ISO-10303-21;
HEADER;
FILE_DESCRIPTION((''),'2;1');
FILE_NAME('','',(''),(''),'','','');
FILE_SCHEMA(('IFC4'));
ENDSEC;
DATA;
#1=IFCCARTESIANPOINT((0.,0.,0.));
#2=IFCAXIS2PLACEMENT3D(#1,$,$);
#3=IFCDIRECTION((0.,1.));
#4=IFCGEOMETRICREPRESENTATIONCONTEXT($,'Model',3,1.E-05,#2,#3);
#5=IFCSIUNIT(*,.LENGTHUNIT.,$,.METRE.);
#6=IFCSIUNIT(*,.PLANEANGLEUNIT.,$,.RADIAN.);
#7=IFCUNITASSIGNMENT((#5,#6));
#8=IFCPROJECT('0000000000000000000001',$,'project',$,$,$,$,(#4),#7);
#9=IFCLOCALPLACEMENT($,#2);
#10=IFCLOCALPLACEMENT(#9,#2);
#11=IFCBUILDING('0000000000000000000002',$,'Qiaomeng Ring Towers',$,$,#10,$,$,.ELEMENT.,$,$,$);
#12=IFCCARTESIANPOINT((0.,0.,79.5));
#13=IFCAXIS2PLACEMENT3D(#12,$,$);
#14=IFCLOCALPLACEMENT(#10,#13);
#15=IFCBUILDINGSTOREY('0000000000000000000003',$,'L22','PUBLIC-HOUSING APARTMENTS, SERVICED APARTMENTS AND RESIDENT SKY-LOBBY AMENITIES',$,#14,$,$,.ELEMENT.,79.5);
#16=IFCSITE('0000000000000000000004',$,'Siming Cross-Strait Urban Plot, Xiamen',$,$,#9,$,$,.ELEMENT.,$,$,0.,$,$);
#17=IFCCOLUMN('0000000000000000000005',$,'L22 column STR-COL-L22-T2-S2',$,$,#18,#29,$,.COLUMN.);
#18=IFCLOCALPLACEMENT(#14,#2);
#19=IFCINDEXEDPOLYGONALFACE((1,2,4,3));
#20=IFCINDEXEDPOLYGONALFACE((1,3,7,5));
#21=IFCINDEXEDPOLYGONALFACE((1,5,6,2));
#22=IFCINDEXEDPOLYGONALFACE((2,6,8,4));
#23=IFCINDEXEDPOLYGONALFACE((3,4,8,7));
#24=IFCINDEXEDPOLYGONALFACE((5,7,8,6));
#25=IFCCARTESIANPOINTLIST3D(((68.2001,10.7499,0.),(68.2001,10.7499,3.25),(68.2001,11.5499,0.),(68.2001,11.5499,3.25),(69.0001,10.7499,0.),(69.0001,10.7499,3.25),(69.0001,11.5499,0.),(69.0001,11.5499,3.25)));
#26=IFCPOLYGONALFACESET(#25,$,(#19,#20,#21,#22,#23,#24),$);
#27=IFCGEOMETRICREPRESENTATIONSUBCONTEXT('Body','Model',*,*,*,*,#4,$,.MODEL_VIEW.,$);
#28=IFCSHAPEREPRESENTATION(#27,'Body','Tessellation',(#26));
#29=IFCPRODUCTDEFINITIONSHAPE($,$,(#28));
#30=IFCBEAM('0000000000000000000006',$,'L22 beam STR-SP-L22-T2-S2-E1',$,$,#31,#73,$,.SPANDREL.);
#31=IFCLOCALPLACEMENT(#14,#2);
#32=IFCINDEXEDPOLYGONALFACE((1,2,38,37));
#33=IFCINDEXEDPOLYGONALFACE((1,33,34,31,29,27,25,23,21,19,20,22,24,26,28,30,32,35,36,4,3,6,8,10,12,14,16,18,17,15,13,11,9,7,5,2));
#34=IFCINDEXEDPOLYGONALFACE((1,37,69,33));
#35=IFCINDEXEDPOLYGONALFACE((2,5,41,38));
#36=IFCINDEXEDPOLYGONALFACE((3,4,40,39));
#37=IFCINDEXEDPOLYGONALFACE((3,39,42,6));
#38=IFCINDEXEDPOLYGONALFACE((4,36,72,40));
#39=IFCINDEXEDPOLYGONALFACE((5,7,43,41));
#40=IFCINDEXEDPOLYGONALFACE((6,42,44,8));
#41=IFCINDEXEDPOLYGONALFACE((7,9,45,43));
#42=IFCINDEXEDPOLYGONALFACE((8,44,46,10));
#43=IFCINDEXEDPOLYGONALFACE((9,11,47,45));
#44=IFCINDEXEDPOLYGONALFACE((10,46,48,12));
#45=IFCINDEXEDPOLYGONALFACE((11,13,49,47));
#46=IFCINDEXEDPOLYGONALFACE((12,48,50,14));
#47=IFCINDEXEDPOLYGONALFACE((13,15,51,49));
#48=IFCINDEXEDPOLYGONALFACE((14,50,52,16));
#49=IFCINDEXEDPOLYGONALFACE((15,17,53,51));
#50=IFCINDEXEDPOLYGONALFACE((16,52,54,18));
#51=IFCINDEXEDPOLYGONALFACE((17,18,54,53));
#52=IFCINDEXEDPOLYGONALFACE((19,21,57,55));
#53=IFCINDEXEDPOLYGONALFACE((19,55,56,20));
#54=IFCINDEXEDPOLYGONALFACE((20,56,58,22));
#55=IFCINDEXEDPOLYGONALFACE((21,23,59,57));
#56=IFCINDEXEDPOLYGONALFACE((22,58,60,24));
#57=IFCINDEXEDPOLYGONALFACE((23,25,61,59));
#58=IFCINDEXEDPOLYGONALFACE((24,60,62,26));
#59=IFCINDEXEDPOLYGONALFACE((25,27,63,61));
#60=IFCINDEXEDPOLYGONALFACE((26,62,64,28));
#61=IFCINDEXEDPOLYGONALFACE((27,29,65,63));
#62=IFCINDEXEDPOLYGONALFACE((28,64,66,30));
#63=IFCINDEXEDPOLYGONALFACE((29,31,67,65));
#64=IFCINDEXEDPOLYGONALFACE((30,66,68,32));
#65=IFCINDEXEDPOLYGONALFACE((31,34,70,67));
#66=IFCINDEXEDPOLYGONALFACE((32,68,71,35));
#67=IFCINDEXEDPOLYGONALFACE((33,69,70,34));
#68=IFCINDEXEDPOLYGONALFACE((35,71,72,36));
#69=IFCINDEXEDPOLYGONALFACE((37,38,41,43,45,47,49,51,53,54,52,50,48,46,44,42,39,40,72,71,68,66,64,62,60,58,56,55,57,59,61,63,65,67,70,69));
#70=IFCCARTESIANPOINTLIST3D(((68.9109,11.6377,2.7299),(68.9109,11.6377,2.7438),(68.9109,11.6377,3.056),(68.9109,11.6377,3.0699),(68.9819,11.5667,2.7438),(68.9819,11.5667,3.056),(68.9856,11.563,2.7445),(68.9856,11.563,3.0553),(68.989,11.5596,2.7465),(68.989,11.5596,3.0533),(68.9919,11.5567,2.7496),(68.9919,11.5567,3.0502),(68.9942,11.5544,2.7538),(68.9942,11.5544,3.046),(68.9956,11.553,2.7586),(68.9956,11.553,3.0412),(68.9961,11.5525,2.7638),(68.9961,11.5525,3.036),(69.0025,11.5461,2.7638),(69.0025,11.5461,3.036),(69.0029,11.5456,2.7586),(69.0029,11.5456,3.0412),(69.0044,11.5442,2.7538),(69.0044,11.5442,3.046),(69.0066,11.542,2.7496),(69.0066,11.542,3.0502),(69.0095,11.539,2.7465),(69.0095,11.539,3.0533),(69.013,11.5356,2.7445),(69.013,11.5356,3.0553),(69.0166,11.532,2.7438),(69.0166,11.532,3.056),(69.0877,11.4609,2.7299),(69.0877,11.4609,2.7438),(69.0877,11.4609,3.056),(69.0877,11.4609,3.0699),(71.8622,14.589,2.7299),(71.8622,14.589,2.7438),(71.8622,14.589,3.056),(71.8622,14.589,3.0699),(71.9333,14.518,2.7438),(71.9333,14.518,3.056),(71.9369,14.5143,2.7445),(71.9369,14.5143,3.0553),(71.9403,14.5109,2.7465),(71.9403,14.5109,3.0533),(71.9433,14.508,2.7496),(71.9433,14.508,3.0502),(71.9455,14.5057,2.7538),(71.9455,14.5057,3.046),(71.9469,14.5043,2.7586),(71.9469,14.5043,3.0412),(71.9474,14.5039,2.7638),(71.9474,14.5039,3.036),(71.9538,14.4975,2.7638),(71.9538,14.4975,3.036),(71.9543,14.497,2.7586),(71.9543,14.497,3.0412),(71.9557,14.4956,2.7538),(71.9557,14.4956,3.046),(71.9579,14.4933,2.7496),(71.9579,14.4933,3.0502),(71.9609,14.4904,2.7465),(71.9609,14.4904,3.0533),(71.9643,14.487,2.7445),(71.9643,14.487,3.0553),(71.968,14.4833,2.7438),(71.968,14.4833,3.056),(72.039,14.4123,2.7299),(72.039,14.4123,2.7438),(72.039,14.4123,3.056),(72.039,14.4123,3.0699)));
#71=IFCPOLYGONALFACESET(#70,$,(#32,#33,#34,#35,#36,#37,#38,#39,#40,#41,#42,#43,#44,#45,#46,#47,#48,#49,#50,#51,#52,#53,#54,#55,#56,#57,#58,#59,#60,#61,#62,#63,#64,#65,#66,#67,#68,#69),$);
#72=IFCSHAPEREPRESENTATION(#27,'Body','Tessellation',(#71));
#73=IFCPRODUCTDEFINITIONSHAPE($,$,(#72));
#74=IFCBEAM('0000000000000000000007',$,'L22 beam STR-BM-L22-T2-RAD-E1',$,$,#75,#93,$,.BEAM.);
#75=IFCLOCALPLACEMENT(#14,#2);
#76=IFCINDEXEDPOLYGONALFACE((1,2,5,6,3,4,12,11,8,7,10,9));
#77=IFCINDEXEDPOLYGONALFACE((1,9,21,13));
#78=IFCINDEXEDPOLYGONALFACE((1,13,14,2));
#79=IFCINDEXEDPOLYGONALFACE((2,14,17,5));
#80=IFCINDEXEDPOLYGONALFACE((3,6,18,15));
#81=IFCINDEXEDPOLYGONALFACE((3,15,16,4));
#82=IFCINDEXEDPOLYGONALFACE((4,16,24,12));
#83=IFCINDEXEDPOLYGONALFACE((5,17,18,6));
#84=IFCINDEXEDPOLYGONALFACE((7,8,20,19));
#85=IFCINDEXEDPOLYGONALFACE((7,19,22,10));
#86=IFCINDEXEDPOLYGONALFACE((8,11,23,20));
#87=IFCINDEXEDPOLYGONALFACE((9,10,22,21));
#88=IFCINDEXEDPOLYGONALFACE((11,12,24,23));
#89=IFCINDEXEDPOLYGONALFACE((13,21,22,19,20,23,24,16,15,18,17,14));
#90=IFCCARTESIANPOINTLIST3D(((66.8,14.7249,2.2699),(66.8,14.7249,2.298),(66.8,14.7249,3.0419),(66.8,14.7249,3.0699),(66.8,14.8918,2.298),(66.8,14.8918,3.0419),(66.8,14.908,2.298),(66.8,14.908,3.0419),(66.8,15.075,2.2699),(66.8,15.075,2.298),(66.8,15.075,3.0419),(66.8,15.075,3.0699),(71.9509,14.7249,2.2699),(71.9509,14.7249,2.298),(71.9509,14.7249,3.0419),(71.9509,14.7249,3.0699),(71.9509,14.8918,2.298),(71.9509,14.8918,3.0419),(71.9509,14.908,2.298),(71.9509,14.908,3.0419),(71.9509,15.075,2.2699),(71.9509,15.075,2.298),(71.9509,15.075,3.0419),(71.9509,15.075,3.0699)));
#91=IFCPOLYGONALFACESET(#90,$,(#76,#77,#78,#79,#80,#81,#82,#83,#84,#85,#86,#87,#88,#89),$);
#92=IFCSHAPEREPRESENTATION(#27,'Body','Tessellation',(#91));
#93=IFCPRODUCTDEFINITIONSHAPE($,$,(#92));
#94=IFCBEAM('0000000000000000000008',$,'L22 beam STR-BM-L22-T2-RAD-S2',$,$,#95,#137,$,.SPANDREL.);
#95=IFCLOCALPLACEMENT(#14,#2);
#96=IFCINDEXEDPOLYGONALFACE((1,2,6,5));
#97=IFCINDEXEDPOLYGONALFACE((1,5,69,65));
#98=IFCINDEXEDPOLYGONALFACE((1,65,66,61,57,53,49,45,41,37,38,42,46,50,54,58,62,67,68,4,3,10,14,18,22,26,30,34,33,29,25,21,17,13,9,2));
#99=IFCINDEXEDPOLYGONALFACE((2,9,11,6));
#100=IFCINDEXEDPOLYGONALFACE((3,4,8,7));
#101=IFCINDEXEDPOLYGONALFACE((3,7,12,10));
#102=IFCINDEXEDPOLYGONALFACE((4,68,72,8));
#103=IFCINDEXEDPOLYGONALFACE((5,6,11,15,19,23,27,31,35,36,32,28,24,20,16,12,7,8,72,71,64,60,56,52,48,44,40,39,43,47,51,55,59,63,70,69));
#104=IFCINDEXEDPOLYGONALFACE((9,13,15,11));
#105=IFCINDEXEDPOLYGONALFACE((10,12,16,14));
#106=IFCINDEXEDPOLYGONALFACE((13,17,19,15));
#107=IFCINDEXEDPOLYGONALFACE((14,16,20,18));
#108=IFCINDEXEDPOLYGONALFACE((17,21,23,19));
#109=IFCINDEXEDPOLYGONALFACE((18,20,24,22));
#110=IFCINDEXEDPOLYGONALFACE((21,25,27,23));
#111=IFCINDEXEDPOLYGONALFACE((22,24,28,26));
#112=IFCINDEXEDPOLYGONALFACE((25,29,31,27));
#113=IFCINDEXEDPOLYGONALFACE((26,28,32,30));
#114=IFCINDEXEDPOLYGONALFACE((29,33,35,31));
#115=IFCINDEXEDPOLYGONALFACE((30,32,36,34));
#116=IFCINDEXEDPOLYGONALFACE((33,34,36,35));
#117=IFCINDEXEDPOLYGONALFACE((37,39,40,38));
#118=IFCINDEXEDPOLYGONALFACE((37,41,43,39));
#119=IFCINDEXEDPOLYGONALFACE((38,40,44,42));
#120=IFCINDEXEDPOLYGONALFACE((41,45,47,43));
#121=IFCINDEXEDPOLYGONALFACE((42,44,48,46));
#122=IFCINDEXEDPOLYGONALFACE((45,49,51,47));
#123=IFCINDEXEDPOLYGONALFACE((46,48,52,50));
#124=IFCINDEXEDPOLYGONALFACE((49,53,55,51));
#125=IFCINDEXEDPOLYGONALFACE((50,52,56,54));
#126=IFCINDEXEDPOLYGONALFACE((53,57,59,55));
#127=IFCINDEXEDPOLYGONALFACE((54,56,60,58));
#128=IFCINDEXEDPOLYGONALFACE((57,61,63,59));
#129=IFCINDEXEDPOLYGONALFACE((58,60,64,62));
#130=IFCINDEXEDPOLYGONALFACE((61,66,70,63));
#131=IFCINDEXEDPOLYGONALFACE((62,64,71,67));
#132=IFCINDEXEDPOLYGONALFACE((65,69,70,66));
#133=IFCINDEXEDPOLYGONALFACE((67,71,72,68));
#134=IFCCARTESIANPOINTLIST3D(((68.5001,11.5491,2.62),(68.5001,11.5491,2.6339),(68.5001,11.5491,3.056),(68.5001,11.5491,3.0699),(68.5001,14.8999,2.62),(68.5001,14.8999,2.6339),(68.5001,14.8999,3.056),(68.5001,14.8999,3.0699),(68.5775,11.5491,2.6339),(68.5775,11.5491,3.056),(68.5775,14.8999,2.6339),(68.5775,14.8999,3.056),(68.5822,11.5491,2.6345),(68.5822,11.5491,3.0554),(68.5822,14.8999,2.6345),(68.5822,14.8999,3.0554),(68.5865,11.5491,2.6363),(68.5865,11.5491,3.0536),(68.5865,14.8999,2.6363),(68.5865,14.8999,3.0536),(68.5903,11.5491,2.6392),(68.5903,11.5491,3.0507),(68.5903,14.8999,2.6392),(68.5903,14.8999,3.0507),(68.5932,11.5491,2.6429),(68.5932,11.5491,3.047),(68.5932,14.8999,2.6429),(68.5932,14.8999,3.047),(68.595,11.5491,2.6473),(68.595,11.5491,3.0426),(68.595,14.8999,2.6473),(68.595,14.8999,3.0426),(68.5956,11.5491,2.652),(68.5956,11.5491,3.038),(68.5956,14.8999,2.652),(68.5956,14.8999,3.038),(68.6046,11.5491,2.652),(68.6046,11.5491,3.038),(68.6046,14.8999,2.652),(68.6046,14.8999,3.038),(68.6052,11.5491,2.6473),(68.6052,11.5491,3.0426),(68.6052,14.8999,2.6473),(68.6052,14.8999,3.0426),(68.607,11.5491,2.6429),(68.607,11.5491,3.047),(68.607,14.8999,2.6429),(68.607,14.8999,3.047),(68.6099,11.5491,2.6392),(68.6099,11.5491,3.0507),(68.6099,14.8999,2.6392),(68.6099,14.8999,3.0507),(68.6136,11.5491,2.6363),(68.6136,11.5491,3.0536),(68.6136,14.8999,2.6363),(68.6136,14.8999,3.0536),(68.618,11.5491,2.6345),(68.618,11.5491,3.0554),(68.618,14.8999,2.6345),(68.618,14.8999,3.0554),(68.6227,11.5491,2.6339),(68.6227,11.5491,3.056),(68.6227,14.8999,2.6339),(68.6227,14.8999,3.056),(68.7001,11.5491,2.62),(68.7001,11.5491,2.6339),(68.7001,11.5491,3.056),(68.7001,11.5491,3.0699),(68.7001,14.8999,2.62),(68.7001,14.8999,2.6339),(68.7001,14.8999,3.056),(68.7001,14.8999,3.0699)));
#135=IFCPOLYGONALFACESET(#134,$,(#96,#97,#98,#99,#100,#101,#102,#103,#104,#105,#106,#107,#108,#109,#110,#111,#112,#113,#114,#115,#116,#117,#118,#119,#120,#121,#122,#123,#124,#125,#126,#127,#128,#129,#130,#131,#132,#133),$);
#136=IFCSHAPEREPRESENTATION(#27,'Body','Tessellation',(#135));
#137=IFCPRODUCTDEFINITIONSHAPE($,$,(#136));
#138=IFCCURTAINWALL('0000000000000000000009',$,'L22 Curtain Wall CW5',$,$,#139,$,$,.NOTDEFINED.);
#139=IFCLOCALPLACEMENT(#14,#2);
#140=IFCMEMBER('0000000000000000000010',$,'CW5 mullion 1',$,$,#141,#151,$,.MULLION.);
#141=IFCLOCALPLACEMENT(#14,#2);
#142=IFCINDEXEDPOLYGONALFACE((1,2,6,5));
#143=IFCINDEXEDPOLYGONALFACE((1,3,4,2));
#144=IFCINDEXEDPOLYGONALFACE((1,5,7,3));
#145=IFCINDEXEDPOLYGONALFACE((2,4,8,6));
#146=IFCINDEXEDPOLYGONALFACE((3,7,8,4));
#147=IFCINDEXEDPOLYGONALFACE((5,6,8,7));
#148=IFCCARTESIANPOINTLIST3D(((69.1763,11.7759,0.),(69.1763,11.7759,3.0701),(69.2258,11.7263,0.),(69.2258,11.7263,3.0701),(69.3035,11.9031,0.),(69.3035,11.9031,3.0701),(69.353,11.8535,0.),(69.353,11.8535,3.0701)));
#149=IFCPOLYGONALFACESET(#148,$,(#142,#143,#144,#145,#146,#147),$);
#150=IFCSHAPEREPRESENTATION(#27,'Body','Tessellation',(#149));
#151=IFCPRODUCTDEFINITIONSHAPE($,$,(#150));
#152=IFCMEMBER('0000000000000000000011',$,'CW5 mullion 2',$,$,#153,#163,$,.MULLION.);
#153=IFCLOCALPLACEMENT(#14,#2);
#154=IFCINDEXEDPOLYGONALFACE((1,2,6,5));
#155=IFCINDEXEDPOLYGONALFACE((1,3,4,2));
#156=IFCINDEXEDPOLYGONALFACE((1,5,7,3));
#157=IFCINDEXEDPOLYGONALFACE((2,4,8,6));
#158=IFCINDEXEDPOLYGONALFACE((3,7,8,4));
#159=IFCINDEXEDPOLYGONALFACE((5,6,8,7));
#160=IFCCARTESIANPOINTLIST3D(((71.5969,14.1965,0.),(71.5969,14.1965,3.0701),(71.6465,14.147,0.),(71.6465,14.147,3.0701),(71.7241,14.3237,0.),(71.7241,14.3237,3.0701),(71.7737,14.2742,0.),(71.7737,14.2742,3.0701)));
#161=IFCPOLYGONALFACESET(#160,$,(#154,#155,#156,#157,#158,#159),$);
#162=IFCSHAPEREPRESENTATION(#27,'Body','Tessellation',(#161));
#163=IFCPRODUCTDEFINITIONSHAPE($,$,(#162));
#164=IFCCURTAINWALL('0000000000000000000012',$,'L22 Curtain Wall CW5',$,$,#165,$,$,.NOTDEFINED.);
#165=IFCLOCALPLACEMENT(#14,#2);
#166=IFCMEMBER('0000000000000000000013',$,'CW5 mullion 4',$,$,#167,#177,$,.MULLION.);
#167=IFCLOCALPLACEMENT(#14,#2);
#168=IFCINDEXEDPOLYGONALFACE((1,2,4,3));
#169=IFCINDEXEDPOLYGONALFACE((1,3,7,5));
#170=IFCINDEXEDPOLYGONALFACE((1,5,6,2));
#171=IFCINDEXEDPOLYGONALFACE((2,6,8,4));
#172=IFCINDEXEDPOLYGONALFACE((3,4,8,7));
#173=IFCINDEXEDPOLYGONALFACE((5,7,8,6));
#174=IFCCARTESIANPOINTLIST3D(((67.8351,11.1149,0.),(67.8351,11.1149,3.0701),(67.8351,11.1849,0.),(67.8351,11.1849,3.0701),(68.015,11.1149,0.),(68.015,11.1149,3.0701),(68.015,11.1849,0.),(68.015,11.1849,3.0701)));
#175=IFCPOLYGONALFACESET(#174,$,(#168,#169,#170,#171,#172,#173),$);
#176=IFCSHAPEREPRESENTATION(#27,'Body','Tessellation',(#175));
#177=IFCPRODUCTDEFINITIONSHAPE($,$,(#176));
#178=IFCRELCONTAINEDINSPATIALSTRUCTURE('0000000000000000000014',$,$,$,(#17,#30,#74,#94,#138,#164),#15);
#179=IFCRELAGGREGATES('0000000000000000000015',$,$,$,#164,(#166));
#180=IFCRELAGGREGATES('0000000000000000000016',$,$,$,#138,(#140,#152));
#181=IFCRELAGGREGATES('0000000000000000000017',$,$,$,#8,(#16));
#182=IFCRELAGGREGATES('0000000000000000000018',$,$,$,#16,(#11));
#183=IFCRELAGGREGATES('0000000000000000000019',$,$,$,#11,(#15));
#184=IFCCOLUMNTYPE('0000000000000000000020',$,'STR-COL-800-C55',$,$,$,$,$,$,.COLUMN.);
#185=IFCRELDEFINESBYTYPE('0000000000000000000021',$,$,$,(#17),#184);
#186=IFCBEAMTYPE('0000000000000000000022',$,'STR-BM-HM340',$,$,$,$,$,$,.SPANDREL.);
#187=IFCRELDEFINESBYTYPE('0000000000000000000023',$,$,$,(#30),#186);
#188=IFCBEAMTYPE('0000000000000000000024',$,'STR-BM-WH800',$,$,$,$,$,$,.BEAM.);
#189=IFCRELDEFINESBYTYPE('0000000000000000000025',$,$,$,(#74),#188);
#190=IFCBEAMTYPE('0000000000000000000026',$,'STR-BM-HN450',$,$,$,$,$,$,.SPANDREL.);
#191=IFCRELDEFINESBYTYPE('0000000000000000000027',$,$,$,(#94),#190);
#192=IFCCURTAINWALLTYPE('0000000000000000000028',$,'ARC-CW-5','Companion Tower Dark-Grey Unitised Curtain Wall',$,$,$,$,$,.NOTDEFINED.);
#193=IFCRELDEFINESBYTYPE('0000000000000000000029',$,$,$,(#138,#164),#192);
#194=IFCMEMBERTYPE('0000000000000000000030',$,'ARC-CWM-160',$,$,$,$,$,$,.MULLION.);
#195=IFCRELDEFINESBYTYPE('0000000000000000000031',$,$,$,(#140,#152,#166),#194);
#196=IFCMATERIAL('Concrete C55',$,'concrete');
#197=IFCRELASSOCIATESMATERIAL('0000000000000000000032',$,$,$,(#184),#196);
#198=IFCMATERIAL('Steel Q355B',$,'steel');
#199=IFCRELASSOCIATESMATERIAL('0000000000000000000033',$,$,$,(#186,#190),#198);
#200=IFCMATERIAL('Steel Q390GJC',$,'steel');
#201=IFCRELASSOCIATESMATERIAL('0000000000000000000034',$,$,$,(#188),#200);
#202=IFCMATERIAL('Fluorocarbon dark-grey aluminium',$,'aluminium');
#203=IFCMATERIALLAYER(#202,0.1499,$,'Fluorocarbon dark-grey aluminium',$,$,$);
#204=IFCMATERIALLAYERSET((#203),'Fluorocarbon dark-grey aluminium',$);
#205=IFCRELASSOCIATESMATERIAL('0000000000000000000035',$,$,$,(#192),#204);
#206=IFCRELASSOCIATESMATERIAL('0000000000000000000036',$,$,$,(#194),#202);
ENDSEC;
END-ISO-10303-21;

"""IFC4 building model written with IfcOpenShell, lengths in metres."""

from ifc_helpers import new_model, si_unit, direction, frame, origin, origin_2d, place, context, subcontext, project, spatial, rectangle, i_section, extrude, source, transform, mapped, material, layer, layer_set, material_profile, profile_set, type_object, element, aggregate, save


model = new_model("IFC4")

# Units and contexts
model_context = context("Model", 3, precision=1e-05, world=origin(), true_north=direction((0.0, 1.0)))
body_context = subcontext(model_context, "Body", "Model", "MODEL_VIEW")
ifc_project = project(units=[si_unit("LENGTHUNIT", "METRE"), si_unit("PLANEANGLEUNIT", "RADIAN")], contexts=[model_context])

# Site, building, storey
site_placement = place(None, origin())
site = spatial("IfcSite", under=ifc_project, at=site_placement, Name="Siming Cross-Strait Urban Plot, Xiamen", CompositionType="ELEMENT", RefElevation=0.0)
building_placement = place(site_placement, origin())
building = spatial("IfcBuilding", under=site, at=building_placement, Name="Qiaomeng Ring Towers", CompositionType="ELEMENT")
storey_placement = place(building_placement, frame((0.0, 0.0, 79.5)))
storey = spatial("IfcBuildingStorey", under=building, at=storey_placement, Name="L22", Description="PUBLIC-HOUSING APARTMENTS, SERVICED APARTMENTS AND RESIDENT SKY-LOBBY AMENITIES", CompositionType="ELEMENT", Elevation=79.5)

# Column
ifc_material_1 = material(Name="Concrete C55", Category="concrete")
ifc_material_profile_1 = material_profile(ifc_material_1, rectangle(XDim=0.8, YDim=0.8, at=origin_2d()), Name="RC COL 800x800")
ifc_profile_set_1 = profile_set([ifc_material_profile_1], Name="Concrete C55")
column_type = type_object("IfcColumnType", Name="STR-COL-800-C55", PredefinedType="COLUMN", material=ifc_profile_set_1)
shared_shape_1 = source(origin(), body_context, "Body", "SweptSolid", [
    extrude(rectangle(XDim=0.8, YDim=0.8, at=origin_2d()), origin(), (0.0, 0.0, 1.0), 3.25),
])
column_placement = place(storey_placement, frame((68.6001, 11.1499, 0.0), z_axis=(0.0, 0.0, 1.0), x_axis=(1.0, 0.0, 0.0)))
element("IfcColumn", 1, at=column_placement, inside=storey, type_object=column_type, Name="L22 column STR-COL-L22-T2-S2", PredefinedType="COLUMN", context=body_context, shape_type="MappedRepresentation", body=[
    mapped(shared_shape_1, transform((0.0, 0.0, 0.0), x_axis=(1.0, 0.0, 0.0), y_axis=(0.0, 1.0, 0.0), z_axis=(0.0, 0.0, 1.0), scale=1.0)),
])

# Beams
ifc_material_2 = material(Name="Steel Q355B", Category="steel")
ifc_material_profile_2 = material_profile(ifc_material_2, i_section(OverallWidth=0.25, OverallDepth=0.3401, WebThickness=0.009, FlangeThickness=0.0139, FilletRadius=0.02, at=origin_2d()), Name="HM 340x250x9x14")
ifc_profile_set_2 = profile_set([ifc_material_profile_2], Name="Steel Q355B")
beam_type_1 = type_object("IfcBeamType", Name="STR-BM-HM340", PredefinedType="SPANDREL", material=ifc_profile_set_2)
shared_shape_2 = source(origin(), body_context, "Body", "SweptSolid", [
    extrude(i_section(OverallWidth=0.25, OverallDepth=0.3401, WebThickness=0.009, FlangeThickness=0.0139, FilletRadius=0.02, at=origin_2d()), origin(), (0.0, 0.0, 1.0), 4.1738),
])
beam_1_placement = place(storey_placement, frame((68.9993, 11.5493, 2.8999), z_axis=(0.707107, 0.707107, 0.0), x_axis=(-0.707107, 0.707107, 0.0)))
element("IfcBeam", 2, at=beam_1_placement, inside=storey, type_object=beam_type_1, Name="L22 beam STR-SP-L22-T2-S2-E1", PredefinedType="SPANDREL", context=body_context, shape_type="MappedRepresentation", body=[
    mapped(shared_shape_2, transform((0.0, 0.0, 0.0), x_axis=(1.0, 0.0, 0.0), y_axis=(0.0, 1.0, 0.0), z_axis=(0.0, 0.0, 1.0), scale=1.0)),
])
ifc_material_3 = material(Name="Steel Q390GJC", Category="steel")
ifc_material_profile_3 = material_profile(ifc_material_3, i_section(OverallWidth=0.3501, OverallDepth=0.8, WebThickness=0.0161, FlangeThickness=0.0281, at=origin_2d()), Name="WH 800x350x16x28")
ifc_profile_set_3 = profile_set([ifc_material_profile_3], Name="Steel Q390GJC")
beam_type_2 = type_object("IfcBeamType", Name="STR-BM-WH800", PredefinedType="BEAM", material=ifc_profile_set_3)
shared_shape_3 = source(origin(), body_context, "Body", "SweptSolid", [
    extrude(i_section(OverallWidth=0.3501, OverallDepth=0.8, WebThickness=0.0161, FlangeThickness=0.0281, at=origin_2d()), origin(), (0.0, 0.0, 1.0), 5.1509),
])
beam_2_placement = place(storey_placement, frame((66.8, 14.8999, 2.6699), z_axis=(1.0, 0.0, 0.0), x_axis=(0.0, 1.0, 0.0)))
element("IfcBeam", 3, at=beam_2_placement, inside=storey, type_object=beam_type_2, Name="L22 beam STR-BM-L22-T2-RAD-E1", PredefinedType="BEAM", context=body_context, shape_type="MappedRepresentation", body=[
    mapped(shared_shape_3, transform((0.0, 0.0, 0.0), x_axis=(1.0, 0.0, 0.0), y_axis=(0.0, 1.0, 0.0), z_axis=(0.0, 0.0, 1.0), scale=1.0)),
])
ifc_material_profile_4 = material_profile(ifc_material_2, i_section(OverallWidth=0.2, OverallDepth=0.45, WebThickness=0.009, FlangeThickness=0.0139, FilletRadius=0.0181, at=origin_2d()), Name="HN 450x200x9x14")
ifc_profile_set_4 = profile_set([ifc_material_profile_4], Name="Steel Q355B")
beam_type_3 = type_object("IfcBeamType", Name="STR-BM-HN450", PredefinedType="SPANDREL", material=ifc_profile_set_4)
shared_shape_4 = source(origin(), body_context, "Body", "SweptSolid", [
    extrude(i_section(OverallWidth=0.2, OverallDepth=0.45, WebThickness=0.009, FlangeThickness=0.0139, FilletRadius=0.0181, at=origin_2d()), origin(), (0.0, 0.0, 1.0), 3.3508),
])
beam_3_placement = place(storey_placement, frame((68.6001, 11.5491, 2.845), z_axis=(0.0, 1.0, 0.0), x_axis=(-1.0, 0.0, 0.0)))
element("IfcBeam", 4, at=beam_3_placement, inside=storey, type_object=beam_type_3, Name="L22 beam STR-BM-L22-T2-RAD-S2", PredefinedType="SPANDREL", context=body_context, shape_type="MappedRepresentation", body=[
    mapped(shared_shape_4, transform((0.0, 0.0, 0.0), x_axis=(1.0, 0.0, 0.0), y_axis=(0.0, 1.0, 0.0), z_axis=(0.0, 0.0, 1.0), scale=1.0)),
])

# Curtain wall, members
ifc_material_4 = material(Name="Fluorocarbon dark-grey aluminium", Category="aluminium")
ifc_layer_1 = layer(ifc_material_4, 0.1499, Name="Fluorocarbon dark-grey aluminium")
ifc_layer_set_1 = layer_set([ifc_layer_1], Name="Fluorocarbon dark-grey aluminium")
curtain_wall_type = type_object("IfcCurtainWallType", Name="ARC-CW-5", Description="Companion Tower Dark-Grey Unitised Curtain Wall", PredefinedType="NOTDEFINED", material=ifc_layer_set_1)
curtain_wall_1_placement = place(storey_placement, origin())
curtain_wall_1 = element("IfcCurtainWall", 5, at=curtain_wall_1_placement, inside=storey, type_object=curtain_wall_type, Name="L22 Curtain Wall CW5", PredefinedType="NOTDEFINED")
ifc_material_profile_5 = material_profile(ifc_material_4, rectangle(XDim=0.0701, YDim=0.1799, at=origin_2d()), Name="ALU MULL 70x180")
ifc_profile_set_5 = profile_set([ifc_material_profile_5], Name="Fluorocarbon dark-grey aluminium")
member_type_1 = type_object("IfcMemberType", Name="ARC-CWM-160", PredefinedType="MULLION", material=ifc_profile_set_5)
shared_shape_5 = source(origin(), body_context, "Body", "SweptSolid", [
    extrude(rectangle(XDim=0.0701, YDim=0.1799, at=origin_2d()), origin(), (0.0, 0.0, 1.0), 3.0701),
])
member_1_placement = place(storey_placement, frame((69.2646, 11.8147, 0.0), z_axis=(0.0, 0.0, 1.0), x_axis=(-0.707107, 0.707107, 0.0)))
member_1 = element("IfcMember", 6, at=member_1_placement, type_object=member_type_1, Name="CW5 mullion 1", PredefinedType="MULLION", context=body_context, shape_type="MappedRepresentation", body=[
    mapped(shared_shape_5, transform((0.0, 0.0, 0.0), x_axis=(1.0, 0.0, 0.0), y_axis=(0.0, 1.0, 0.0), z_axis=(0.0, 0.0, 1.0), scale=1.0)),
])
member_2_placement = place(storey_placement, frame((71.6853, 14.2354, 0.0), z_axis=(0.0, 0.0, 1.0), x_axis=(-0.707107, 0.707107, 0.0)))
member_2 = element("IfcMember", 7, at=member_2_placement, type_object=member_type_1, Name="CW5 mullion 2", PredefinedType="MULLION", context=body_context, shape_type="MappedRepresentation", body=[
    mapped(shared_shape_5, transform((0.0, 0.0, 0.0), x_axis=(1.0, 0.0, 0.0), y_axis=(0.0, 1.0, 0.0), z_axis=(0.0, 0.0, 1.0), scale=1.0)),
])

# Curtain wall, member
curtain_wall_2_placement = place(storey_placement, origin())
curtain_wall_2 = element("IfcCurtainWall", 8, at=curtain_wall_2_placement, inside=storey, type_object=curtain_wall_type, Name="L22 Curtain Wall CW5", PredefinedType="NOTDEFINED")
member_3_placement = place(storey_placement, frame((67.925, 11.1499, 0.0), z_axis=(0.0, 0.0, 1.0), x_axis=(0.0, 1.0, 0.0)))
member_3 = element("IfcMember", 9, at=member_3_placement, type_object=member_type_1, Name="CW5 mullion 4", PredefinedType="MULLION", context=body_context, shape_type="MappedRepresentation", body=[
    mapped(shared_shape_5, transform((0.0, 0.0, 0.0), x_axis=(1.0, 0.0, 0.0), y_axis=(0.0, 1.0, 0.0), z_axis=(0.0, 0.0, 1.0), scale=1.0)),
])
aggregate(curtain_wall_2, [member_3])

aggregate(curtain_wall_1, [member_1, member_2])

save(model, "model.ifc")
